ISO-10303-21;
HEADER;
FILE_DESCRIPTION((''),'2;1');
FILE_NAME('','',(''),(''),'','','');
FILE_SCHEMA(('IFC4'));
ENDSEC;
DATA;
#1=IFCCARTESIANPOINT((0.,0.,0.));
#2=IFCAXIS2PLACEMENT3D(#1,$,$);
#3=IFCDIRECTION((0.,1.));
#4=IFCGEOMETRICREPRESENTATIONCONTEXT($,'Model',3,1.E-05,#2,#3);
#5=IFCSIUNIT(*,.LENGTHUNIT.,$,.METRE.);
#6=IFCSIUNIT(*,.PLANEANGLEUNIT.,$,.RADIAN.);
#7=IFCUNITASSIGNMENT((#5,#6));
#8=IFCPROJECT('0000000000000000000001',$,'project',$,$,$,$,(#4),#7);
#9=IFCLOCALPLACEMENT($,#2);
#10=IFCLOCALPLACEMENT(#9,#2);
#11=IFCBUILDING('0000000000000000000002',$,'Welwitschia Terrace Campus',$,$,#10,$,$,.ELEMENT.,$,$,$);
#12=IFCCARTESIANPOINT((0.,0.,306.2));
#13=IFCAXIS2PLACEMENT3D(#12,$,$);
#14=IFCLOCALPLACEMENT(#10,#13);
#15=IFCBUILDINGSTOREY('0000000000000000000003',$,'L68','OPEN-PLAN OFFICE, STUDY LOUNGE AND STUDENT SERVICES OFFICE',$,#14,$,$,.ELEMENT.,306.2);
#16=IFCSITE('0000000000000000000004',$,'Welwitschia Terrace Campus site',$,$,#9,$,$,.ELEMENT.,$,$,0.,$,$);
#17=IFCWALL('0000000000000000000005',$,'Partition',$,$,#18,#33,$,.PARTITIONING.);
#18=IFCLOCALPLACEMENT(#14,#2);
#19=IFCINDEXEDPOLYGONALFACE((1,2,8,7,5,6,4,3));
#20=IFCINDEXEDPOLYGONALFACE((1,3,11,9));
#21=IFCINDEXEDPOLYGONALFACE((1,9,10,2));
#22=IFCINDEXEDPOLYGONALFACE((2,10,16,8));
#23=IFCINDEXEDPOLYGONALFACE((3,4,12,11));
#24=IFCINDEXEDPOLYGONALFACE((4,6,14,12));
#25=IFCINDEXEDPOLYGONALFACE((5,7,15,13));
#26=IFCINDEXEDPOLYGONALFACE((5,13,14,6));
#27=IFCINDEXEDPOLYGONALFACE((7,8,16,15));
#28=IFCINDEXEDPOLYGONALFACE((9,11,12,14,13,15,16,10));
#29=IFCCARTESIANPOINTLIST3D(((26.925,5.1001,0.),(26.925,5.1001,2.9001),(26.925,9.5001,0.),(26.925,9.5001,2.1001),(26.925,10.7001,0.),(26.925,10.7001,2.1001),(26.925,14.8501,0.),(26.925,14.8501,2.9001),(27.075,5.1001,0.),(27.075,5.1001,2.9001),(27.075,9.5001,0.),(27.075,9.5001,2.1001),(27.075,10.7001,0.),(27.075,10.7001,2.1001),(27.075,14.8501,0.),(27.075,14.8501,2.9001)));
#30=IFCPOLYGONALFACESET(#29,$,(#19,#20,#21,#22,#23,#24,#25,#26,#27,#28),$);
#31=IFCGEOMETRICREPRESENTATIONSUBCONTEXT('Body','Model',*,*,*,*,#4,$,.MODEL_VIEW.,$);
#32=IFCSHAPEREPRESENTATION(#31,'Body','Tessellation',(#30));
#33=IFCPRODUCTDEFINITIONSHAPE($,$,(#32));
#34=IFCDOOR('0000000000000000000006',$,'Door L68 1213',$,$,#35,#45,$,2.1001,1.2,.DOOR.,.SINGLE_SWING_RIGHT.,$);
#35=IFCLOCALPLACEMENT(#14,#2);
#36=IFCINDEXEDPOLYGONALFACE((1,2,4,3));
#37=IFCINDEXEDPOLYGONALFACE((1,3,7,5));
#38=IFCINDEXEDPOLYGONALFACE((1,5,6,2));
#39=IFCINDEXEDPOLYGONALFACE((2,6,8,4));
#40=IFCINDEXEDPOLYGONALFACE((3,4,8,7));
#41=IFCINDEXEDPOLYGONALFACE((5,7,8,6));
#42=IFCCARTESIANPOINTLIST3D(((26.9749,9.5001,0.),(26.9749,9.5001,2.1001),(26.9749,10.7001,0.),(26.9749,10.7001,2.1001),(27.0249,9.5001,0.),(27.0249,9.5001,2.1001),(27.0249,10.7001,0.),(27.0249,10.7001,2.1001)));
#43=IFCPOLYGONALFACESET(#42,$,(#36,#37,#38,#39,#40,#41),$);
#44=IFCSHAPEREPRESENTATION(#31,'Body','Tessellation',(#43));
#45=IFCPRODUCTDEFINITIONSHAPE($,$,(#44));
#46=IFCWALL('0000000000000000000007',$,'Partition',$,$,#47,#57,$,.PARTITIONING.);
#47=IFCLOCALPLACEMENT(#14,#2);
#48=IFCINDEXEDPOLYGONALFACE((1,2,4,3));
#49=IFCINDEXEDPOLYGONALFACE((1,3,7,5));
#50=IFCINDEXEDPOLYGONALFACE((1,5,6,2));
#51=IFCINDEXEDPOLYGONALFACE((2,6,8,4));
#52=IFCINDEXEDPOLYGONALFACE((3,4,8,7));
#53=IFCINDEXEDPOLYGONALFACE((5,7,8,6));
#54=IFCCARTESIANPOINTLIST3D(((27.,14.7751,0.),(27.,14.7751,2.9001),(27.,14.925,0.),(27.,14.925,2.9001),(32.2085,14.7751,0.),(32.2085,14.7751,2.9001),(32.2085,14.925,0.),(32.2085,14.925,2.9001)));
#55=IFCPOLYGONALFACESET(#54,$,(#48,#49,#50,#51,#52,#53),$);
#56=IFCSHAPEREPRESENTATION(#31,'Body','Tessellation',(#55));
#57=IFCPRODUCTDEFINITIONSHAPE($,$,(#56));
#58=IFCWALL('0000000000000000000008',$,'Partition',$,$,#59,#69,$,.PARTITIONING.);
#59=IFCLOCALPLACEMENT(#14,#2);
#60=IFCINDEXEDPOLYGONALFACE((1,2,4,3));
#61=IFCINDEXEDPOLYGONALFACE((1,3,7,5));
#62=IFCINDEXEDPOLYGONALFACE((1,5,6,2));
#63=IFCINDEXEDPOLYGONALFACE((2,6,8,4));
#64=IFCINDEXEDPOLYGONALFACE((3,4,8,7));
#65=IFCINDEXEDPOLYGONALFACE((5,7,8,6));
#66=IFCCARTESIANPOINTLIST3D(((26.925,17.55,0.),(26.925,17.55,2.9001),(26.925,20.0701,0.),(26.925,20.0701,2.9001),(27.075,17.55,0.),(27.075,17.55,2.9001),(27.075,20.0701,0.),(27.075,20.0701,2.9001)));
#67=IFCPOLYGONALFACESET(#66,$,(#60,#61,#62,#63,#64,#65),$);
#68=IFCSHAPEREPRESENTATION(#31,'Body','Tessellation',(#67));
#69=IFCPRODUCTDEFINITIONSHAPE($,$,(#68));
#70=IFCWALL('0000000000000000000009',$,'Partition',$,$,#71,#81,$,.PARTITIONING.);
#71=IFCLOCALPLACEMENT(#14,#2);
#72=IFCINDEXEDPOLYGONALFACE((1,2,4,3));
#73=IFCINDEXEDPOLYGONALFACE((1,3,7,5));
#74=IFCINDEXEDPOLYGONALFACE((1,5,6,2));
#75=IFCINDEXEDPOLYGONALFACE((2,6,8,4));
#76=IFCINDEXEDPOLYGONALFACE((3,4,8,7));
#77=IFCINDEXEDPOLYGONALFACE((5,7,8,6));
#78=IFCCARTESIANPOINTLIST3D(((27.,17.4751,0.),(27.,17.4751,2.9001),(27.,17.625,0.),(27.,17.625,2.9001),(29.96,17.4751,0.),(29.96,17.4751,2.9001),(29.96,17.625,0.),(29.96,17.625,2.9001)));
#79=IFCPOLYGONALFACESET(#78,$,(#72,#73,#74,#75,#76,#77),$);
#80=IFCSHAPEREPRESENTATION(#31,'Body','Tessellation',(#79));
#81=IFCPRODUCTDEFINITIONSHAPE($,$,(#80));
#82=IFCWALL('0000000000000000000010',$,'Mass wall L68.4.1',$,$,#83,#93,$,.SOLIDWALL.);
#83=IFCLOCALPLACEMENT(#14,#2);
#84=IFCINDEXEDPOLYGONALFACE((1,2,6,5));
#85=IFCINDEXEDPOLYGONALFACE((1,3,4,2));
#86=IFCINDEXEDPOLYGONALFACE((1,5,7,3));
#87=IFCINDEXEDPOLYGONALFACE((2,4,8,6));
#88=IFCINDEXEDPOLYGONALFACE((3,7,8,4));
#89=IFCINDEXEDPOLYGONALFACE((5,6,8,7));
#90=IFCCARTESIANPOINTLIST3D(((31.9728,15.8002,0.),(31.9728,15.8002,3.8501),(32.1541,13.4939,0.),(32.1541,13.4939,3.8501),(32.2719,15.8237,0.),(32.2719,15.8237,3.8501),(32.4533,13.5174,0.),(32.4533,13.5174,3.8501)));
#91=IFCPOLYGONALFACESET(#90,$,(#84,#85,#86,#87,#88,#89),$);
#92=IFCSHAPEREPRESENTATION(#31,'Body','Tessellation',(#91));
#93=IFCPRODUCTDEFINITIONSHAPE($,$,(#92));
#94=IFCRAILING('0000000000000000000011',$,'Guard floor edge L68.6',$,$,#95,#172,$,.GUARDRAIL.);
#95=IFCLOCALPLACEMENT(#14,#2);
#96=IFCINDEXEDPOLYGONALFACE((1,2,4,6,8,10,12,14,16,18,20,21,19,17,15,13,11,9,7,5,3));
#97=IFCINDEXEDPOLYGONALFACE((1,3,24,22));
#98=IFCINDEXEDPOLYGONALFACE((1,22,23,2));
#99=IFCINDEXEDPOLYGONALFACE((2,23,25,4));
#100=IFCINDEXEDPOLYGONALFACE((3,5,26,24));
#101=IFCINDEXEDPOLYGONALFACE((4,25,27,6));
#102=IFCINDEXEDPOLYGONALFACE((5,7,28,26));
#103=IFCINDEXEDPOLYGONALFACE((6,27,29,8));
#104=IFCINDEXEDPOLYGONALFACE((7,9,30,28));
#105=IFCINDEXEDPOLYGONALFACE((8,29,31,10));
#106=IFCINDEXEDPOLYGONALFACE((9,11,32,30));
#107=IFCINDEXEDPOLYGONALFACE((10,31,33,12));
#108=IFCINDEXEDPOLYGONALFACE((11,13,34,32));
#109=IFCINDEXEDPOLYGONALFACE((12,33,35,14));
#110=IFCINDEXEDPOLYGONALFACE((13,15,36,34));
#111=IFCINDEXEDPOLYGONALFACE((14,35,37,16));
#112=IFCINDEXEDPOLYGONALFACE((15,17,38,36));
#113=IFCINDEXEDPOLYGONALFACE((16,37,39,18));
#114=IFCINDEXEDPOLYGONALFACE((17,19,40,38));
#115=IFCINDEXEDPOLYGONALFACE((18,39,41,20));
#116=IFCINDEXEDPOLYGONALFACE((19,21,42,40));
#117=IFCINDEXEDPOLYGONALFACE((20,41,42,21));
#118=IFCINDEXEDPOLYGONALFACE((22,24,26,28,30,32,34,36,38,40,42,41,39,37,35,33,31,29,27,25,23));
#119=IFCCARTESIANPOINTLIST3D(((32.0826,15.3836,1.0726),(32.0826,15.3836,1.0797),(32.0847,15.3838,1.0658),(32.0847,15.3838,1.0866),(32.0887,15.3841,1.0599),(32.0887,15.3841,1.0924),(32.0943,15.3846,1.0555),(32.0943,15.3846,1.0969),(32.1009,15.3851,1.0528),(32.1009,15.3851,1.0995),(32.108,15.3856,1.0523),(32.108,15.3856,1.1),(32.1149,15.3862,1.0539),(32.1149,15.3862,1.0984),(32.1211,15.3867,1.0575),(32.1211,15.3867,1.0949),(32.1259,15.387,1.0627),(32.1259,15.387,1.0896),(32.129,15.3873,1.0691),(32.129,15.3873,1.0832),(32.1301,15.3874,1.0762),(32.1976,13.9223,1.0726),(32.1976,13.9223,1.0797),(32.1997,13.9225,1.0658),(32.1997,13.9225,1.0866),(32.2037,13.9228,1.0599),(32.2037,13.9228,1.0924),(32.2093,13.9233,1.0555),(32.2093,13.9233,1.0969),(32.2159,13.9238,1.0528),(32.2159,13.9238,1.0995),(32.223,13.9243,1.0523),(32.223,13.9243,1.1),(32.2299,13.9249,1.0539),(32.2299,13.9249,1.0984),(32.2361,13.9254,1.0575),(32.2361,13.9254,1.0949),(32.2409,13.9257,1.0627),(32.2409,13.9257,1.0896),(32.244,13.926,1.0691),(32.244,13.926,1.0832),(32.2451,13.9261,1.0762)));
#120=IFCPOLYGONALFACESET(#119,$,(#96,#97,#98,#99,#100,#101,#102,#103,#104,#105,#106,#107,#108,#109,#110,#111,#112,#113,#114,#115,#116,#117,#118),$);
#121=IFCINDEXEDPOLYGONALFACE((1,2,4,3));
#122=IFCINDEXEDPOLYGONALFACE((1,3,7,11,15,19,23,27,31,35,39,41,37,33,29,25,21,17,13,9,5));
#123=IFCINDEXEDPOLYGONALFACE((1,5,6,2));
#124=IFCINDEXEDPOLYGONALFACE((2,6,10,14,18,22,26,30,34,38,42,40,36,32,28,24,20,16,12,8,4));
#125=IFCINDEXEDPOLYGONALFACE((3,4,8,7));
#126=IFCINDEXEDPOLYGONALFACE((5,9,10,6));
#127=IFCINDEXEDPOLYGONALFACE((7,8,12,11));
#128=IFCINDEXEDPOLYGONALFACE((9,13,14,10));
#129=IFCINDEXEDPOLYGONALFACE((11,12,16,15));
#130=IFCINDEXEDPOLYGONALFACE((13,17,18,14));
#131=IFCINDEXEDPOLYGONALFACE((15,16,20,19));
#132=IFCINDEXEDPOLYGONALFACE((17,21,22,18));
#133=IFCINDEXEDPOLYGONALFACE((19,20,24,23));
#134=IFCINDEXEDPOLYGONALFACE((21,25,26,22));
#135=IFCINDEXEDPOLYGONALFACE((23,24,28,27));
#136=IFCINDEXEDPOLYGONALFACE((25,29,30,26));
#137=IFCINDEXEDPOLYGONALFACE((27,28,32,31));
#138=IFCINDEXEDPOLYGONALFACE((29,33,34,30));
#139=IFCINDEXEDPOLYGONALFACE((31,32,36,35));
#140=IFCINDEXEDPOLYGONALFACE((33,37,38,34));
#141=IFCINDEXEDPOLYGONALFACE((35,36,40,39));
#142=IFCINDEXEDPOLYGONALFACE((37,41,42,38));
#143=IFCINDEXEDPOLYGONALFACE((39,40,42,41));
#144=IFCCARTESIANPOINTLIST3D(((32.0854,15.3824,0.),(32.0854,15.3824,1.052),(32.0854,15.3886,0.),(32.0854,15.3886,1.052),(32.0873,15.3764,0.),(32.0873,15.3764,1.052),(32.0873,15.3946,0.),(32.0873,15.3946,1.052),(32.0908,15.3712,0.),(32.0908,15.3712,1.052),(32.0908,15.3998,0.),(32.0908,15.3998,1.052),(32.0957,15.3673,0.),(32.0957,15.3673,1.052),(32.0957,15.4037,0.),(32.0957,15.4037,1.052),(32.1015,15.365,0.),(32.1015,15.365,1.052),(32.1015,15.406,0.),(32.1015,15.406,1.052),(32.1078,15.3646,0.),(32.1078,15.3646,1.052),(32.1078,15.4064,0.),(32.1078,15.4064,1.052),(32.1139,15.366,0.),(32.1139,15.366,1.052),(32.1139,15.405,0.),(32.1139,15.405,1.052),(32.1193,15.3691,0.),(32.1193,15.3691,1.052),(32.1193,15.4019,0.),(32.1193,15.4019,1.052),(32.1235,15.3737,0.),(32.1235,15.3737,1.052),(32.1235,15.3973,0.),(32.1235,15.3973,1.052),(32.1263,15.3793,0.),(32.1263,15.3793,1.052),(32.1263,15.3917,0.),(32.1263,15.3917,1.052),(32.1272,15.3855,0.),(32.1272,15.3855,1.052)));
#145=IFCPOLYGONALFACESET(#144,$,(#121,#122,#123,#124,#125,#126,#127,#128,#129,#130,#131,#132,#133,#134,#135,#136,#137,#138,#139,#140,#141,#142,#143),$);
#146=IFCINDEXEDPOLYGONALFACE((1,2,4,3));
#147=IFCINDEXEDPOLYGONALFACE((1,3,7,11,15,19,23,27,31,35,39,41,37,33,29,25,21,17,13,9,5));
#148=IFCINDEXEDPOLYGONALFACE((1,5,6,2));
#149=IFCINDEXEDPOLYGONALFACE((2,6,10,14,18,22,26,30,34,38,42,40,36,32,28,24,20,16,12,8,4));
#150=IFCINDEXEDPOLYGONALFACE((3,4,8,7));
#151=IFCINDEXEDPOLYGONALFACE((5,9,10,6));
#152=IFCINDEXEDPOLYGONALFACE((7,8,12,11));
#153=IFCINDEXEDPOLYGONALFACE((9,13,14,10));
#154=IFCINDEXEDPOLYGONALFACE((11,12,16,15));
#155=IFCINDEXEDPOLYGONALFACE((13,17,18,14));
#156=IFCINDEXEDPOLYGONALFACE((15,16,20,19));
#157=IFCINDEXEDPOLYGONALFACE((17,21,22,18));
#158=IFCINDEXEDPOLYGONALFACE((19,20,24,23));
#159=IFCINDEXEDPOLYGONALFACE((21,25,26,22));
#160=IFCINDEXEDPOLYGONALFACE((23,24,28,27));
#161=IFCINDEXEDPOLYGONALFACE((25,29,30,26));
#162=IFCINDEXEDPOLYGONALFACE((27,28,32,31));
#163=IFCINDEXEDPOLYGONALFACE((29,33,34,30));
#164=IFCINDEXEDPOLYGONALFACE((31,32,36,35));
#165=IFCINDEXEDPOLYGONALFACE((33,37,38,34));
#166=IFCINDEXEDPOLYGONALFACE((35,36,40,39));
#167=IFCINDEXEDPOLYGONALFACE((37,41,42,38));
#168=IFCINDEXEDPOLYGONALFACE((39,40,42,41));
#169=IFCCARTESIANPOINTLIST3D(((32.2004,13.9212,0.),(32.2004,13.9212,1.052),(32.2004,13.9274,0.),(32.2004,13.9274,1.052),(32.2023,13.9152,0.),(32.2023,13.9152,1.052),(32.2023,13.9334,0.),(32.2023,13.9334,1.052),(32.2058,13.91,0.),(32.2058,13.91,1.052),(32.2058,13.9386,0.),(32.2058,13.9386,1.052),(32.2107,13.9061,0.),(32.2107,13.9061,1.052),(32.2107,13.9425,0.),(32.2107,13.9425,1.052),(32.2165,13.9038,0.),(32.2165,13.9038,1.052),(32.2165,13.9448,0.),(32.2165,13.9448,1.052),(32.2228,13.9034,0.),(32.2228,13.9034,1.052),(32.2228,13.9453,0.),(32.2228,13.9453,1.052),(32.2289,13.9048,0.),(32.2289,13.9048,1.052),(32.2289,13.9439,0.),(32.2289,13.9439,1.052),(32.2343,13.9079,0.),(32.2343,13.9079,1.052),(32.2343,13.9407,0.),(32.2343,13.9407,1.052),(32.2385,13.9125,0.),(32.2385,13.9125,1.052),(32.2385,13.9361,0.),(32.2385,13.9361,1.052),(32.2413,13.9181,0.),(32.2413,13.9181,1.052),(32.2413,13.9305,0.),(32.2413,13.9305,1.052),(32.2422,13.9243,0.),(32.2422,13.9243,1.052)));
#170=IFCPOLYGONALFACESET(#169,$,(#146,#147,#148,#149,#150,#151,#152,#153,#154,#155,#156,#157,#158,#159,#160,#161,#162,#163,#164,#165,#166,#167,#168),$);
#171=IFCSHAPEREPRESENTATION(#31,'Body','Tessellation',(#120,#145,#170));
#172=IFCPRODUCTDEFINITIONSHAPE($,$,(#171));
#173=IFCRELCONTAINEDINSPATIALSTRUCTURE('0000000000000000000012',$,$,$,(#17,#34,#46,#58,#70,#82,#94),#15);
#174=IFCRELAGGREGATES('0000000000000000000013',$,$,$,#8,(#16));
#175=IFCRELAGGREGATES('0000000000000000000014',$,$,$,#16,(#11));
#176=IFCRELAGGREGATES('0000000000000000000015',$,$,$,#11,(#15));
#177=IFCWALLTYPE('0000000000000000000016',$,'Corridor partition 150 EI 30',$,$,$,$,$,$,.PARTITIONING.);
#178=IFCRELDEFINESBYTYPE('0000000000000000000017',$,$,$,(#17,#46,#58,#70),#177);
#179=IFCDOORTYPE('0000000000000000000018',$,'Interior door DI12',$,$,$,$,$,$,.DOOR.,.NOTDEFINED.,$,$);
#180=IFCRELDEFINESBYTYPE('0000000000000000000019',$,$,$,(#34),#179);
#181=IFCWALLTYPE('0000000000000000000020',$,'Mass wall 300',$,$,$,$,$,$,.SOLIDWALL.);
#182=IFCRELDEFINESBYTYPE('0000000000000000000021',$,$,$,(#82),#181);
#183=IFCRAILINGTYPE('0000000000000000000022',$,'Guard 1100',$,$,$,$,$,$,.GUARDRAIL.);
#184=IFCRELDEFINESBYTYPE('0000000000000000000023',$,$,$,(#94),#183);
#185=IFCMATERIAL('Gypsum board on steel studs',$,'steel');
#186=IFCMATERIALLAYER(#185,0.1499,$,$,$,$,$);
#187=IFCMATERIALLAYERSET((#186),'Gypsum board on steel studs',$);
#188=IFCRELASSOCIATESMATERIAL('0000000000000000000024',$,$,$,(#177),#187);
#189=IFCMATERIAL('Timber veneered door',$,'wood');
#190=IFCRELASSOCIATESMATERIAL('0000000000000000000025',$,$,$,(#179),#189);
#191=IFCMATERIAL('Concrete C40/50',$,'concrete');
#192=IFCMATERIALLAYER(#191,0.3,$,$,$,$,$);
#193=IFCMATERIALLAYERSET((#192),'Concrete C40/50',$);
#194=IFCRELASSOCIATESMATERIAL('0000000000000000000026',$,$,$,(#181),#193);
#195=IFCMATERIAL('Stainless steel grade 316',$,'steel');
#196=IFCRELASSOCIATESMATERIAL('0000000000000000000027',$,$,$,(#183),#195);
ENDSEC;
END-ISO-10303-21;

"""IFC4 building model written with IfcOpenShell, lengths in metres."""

from ifc_helpers import new_model, si_unit, direction, frame, frame_2d, origin, origin_2d, place, context, subcontext, project, spatial, rectangle, circle, extrude, material, layer, layer_set, type_object, element, fill, save


model = new_model("IFC4")

# Units and contexts
model_context = context("Model", 3, precision=1e-05, world=origin(), true_north=direction((0.0, 1.0)))
body_context = subcontext(model_context, "Body", "Model", "MODEL_VIEW")
ifc_project = project(units=[si_unit("LENGTHUNIT", "METRE"), si_unit("PLANEANGLEUNIT", "RADIAN")], contexts=[model_context])

# Site, building, storey
site_placement = place(None, origin())
site = spatial("IfcSite", under=ifc_project, at=site_placement, Name="Welwitschia Terrace Campus site", CompositionType="ELEMENT", RefElevation=0.0)
building_placement = place(site_placement, origin())
building = spatial("IfcBuilding", under=site, at=building_placement, Name="Welwitschia Terrace Campus", CompositionType="ELEMENT")
storey_placement = place(building_placement, frame((0.0, 0.0, 306.2)))
storey = spatial("IfcBuildingStorey", under=building, at=storey_placement, Name="L68", Description="OPEN-PLAN OFFICE, STUDY LOUNGE AND STUDENT SERVICES OFFICE", CompositionType="ELEMENT", Elevation=306.2)

# Wall, opening, door
ifc_material_1 = material(Name="Gypsum board on steel studs", Category="steel")
ifc_layer_1 = layer(ifc_material_1, 0.1499)
ifc_layer_set_1 = layer_set([ifc_layer_1], Name="Gypsum board on steel studs")
wall_type_1 = type_object("IfcWallType", Name="Corridor partition 150 EI 30", PredefinedType="PARTITIONING", material=ifc_layer_set_1)
wall_1_placement = place(storey_placement, frame((27.0, 14.8501, 0.0), z_axis=(0.0, 0.0, 1.0), x_axis=(0.0, -1.0, 0.0)))
wall_1 = element("IfcWall", 1, at=wall_1_placement, inside=storey, type_object=wall_type_1, Name="Partition", PredefinedType="PARTITIONING", context=body_context, shape_type="SweptSolid", body=[
    extrude(rectangle(XDim=9.75, YDim=0.1499, at=frame_2d((4.875, 0.0))), origin(), (0.0, 0.0, 1.0), 2.9001),
])
opening_placement = place(wall_1_placement, frame((4.1499, 0.0, 0.0)))
opening = element("IfcOpeningElement", 2, at=opening_placement, cuts=wall_1, PredefinedType="OPENING", context=body_context, shape_type="SweptSolid", body=[
    extrude(rectangle(XDim=1.2, YDim=2.1001, at=frame_2d((0.6001, 1.05))), frame((0.0, 0.085, 0.0), z_axis=(0.0, -1.0, 0.0), x_axis=(1.0, 0.0, 0.0)), (0.0, 0.0, 1.0), 0.1699),
])
ifc_material_2 = material(Name="Timber veneered door", Category="wood")
door_type = type_object("IfcDoorType", Name="Interior door DI12", OperationType="NOTDEFINED", PredefinedType="DOOR", material=ifc_material_2)
door_placement = place(opening_placement, origin())
door = element("IfcDoor", 3, at=door_placement, inside=storey, type_object=door_type, Name="Door L68 1213", OperationType="SINGLE_SWING_RIGHT", OverallHeight=2.1001, OverallWidth=1.2, PredefinedType="DOOR", context=body_context, shape_type="SweptSolid", body=[
    extrude(rectangle(XDim=1.2, YDim=2.1001, at=frame_2d((0.6001, 1.05))), frame((0.0, 0.0249, 0.0), z_axis=(0.0, -1.0, 0.0), x_axis=(1.0, 0.0, 0.0)), (0.0, 0.0, 1.0), 0.05),
])
fill(opening, door)

# Walls
wall_2_placement = place(storey_placement, frame((27.0, 14.8501, 0.0), z_axis=(0.0, 0.0, 1.0), x_axis=(1.0, 0.0, 0.0)))
element("IfcWall", 4, at=wall_2_placement, inside=storey, type_object=wall_type_1, Name="Partition", PredefinedType="PARTITIONING", context=body_context, shape_type="SweptSolid", body=[
    extrude(rectangle(XDim=5.2085, YDim=0.1499, at=frame_2d((2.6042, 0.0))), origin(), (0.0, 0.0, 1.0), 2.9001),
])
wall_3_placement = place(storey_placement, frame((27.0, 17.55, 0.0), z_axis=(0.0, 0.0, 1.0), x_axis=(0.0, 1.0, 0.0)))
element("IfcWall", 5, at=wall_3_placement, inside=storey, type_object=wall_type_1, Name="Partition", PredefinedType="PARTITIONING", context=body_context, shape_type="SweptSolid", body=[
    extrude(rectangle(XDim=2.52, YDim=0.1499, at=frame_2d((1.26, 0.0))), origin(), (0.0, 0.0, 1.0), 2.9001),
])
wall_4_placement = place(storey_placement, frame((27.0, 17.55, 0.0), z_axis=(0.0, 0.0, 1.0), x_axis=(1.0, 0.0, 0.0)))
element("IfcWall", 6, at=wall_4_placement, inside=storey, type_object=wall_type_1, Name="Partition", PredefinedType="PARTITIONING", context=body_context, shape_type="SweptSolid", body=[
    extrude(rectangle(XDim=2.96, YDim=0.1499, at=frame_2d((1.48, 0.0))), origin(), (0.0, 0.0, 1.0), 2.9001),
])
ifc_material_3 = material(Name="Concrete C40/50", Category="concrete")
ifc_layer_2 = layer(ifc_material_3, 0.3)
ifc_layer_set_2 = layer_set([ifc_layer_2], Name="Concrete C40/50")
wall_type_2 = type_object("IfcWallType", Name="Mass wall 300", PredefinedType="SOLIDWALL", material=ifc_layer_set_2)
wall_5_placement = place(storey_placement, frame((32.3037, 13.5056, 0.0), z_axis=(0.0, 0.0, 1.0), x_axis=(-0.078407, 0.996921, 0.0)))
element("IfcWall", 7, at=wall_5_placement, inside=storey, type_object=wall_type_2, Name="Mass wall L68.4.1", PredefinedType="SOLIDWALL", context=body_context, shape_type="SweptSolid", body=[
    extrude(rectangle(XDim=2.3135, YDim=0.3, at=frame_2d((1.1567, 0.0))), origin(), (0.0, 0.0, 1.0), 3.8501),
])

# Railing
ifc_material_4 = material(Name="Stainless steel grade 316", Category="steel")
railing_type = type_object("IfcRailingType", Name="Guard 1100", PredefinedType="GUARDRAIL", material=ifc_material_4)
railing_1_placement = place(storey_placement, frame((32.1062, 15.3855, 0.0)))
element("IfcRailing", 8, at=railing_1_placement, inside=storey, type_object=railing_type, Name="Guard floor edge L68.6", PredefinedType="GUARDRAIL", context=body_context, shape_type="SweptSolid", body=[
    extrude(circle(Radius=0.0239, at=origin_2d()), frame((0.0, 0.0, 1.0762), z_axis=(0.078454, -0.996918, 0.0), x_axis=(0.996918, 0.078454, 0.0)), (0.0, 0.0, 1.0), 1.4658),
    extrude(circle(Radius=0.021, at=origin_2d()), origin(), (0.0, 0.0, 1.0), 1.052),
    extrude(circle(Radius=0.021, at=origin_2d()), frame((0.115, -1.4612, 0.0)), (0.0, 0.0, 1.0), 1.052),
])

save(model, "model.ifc")
